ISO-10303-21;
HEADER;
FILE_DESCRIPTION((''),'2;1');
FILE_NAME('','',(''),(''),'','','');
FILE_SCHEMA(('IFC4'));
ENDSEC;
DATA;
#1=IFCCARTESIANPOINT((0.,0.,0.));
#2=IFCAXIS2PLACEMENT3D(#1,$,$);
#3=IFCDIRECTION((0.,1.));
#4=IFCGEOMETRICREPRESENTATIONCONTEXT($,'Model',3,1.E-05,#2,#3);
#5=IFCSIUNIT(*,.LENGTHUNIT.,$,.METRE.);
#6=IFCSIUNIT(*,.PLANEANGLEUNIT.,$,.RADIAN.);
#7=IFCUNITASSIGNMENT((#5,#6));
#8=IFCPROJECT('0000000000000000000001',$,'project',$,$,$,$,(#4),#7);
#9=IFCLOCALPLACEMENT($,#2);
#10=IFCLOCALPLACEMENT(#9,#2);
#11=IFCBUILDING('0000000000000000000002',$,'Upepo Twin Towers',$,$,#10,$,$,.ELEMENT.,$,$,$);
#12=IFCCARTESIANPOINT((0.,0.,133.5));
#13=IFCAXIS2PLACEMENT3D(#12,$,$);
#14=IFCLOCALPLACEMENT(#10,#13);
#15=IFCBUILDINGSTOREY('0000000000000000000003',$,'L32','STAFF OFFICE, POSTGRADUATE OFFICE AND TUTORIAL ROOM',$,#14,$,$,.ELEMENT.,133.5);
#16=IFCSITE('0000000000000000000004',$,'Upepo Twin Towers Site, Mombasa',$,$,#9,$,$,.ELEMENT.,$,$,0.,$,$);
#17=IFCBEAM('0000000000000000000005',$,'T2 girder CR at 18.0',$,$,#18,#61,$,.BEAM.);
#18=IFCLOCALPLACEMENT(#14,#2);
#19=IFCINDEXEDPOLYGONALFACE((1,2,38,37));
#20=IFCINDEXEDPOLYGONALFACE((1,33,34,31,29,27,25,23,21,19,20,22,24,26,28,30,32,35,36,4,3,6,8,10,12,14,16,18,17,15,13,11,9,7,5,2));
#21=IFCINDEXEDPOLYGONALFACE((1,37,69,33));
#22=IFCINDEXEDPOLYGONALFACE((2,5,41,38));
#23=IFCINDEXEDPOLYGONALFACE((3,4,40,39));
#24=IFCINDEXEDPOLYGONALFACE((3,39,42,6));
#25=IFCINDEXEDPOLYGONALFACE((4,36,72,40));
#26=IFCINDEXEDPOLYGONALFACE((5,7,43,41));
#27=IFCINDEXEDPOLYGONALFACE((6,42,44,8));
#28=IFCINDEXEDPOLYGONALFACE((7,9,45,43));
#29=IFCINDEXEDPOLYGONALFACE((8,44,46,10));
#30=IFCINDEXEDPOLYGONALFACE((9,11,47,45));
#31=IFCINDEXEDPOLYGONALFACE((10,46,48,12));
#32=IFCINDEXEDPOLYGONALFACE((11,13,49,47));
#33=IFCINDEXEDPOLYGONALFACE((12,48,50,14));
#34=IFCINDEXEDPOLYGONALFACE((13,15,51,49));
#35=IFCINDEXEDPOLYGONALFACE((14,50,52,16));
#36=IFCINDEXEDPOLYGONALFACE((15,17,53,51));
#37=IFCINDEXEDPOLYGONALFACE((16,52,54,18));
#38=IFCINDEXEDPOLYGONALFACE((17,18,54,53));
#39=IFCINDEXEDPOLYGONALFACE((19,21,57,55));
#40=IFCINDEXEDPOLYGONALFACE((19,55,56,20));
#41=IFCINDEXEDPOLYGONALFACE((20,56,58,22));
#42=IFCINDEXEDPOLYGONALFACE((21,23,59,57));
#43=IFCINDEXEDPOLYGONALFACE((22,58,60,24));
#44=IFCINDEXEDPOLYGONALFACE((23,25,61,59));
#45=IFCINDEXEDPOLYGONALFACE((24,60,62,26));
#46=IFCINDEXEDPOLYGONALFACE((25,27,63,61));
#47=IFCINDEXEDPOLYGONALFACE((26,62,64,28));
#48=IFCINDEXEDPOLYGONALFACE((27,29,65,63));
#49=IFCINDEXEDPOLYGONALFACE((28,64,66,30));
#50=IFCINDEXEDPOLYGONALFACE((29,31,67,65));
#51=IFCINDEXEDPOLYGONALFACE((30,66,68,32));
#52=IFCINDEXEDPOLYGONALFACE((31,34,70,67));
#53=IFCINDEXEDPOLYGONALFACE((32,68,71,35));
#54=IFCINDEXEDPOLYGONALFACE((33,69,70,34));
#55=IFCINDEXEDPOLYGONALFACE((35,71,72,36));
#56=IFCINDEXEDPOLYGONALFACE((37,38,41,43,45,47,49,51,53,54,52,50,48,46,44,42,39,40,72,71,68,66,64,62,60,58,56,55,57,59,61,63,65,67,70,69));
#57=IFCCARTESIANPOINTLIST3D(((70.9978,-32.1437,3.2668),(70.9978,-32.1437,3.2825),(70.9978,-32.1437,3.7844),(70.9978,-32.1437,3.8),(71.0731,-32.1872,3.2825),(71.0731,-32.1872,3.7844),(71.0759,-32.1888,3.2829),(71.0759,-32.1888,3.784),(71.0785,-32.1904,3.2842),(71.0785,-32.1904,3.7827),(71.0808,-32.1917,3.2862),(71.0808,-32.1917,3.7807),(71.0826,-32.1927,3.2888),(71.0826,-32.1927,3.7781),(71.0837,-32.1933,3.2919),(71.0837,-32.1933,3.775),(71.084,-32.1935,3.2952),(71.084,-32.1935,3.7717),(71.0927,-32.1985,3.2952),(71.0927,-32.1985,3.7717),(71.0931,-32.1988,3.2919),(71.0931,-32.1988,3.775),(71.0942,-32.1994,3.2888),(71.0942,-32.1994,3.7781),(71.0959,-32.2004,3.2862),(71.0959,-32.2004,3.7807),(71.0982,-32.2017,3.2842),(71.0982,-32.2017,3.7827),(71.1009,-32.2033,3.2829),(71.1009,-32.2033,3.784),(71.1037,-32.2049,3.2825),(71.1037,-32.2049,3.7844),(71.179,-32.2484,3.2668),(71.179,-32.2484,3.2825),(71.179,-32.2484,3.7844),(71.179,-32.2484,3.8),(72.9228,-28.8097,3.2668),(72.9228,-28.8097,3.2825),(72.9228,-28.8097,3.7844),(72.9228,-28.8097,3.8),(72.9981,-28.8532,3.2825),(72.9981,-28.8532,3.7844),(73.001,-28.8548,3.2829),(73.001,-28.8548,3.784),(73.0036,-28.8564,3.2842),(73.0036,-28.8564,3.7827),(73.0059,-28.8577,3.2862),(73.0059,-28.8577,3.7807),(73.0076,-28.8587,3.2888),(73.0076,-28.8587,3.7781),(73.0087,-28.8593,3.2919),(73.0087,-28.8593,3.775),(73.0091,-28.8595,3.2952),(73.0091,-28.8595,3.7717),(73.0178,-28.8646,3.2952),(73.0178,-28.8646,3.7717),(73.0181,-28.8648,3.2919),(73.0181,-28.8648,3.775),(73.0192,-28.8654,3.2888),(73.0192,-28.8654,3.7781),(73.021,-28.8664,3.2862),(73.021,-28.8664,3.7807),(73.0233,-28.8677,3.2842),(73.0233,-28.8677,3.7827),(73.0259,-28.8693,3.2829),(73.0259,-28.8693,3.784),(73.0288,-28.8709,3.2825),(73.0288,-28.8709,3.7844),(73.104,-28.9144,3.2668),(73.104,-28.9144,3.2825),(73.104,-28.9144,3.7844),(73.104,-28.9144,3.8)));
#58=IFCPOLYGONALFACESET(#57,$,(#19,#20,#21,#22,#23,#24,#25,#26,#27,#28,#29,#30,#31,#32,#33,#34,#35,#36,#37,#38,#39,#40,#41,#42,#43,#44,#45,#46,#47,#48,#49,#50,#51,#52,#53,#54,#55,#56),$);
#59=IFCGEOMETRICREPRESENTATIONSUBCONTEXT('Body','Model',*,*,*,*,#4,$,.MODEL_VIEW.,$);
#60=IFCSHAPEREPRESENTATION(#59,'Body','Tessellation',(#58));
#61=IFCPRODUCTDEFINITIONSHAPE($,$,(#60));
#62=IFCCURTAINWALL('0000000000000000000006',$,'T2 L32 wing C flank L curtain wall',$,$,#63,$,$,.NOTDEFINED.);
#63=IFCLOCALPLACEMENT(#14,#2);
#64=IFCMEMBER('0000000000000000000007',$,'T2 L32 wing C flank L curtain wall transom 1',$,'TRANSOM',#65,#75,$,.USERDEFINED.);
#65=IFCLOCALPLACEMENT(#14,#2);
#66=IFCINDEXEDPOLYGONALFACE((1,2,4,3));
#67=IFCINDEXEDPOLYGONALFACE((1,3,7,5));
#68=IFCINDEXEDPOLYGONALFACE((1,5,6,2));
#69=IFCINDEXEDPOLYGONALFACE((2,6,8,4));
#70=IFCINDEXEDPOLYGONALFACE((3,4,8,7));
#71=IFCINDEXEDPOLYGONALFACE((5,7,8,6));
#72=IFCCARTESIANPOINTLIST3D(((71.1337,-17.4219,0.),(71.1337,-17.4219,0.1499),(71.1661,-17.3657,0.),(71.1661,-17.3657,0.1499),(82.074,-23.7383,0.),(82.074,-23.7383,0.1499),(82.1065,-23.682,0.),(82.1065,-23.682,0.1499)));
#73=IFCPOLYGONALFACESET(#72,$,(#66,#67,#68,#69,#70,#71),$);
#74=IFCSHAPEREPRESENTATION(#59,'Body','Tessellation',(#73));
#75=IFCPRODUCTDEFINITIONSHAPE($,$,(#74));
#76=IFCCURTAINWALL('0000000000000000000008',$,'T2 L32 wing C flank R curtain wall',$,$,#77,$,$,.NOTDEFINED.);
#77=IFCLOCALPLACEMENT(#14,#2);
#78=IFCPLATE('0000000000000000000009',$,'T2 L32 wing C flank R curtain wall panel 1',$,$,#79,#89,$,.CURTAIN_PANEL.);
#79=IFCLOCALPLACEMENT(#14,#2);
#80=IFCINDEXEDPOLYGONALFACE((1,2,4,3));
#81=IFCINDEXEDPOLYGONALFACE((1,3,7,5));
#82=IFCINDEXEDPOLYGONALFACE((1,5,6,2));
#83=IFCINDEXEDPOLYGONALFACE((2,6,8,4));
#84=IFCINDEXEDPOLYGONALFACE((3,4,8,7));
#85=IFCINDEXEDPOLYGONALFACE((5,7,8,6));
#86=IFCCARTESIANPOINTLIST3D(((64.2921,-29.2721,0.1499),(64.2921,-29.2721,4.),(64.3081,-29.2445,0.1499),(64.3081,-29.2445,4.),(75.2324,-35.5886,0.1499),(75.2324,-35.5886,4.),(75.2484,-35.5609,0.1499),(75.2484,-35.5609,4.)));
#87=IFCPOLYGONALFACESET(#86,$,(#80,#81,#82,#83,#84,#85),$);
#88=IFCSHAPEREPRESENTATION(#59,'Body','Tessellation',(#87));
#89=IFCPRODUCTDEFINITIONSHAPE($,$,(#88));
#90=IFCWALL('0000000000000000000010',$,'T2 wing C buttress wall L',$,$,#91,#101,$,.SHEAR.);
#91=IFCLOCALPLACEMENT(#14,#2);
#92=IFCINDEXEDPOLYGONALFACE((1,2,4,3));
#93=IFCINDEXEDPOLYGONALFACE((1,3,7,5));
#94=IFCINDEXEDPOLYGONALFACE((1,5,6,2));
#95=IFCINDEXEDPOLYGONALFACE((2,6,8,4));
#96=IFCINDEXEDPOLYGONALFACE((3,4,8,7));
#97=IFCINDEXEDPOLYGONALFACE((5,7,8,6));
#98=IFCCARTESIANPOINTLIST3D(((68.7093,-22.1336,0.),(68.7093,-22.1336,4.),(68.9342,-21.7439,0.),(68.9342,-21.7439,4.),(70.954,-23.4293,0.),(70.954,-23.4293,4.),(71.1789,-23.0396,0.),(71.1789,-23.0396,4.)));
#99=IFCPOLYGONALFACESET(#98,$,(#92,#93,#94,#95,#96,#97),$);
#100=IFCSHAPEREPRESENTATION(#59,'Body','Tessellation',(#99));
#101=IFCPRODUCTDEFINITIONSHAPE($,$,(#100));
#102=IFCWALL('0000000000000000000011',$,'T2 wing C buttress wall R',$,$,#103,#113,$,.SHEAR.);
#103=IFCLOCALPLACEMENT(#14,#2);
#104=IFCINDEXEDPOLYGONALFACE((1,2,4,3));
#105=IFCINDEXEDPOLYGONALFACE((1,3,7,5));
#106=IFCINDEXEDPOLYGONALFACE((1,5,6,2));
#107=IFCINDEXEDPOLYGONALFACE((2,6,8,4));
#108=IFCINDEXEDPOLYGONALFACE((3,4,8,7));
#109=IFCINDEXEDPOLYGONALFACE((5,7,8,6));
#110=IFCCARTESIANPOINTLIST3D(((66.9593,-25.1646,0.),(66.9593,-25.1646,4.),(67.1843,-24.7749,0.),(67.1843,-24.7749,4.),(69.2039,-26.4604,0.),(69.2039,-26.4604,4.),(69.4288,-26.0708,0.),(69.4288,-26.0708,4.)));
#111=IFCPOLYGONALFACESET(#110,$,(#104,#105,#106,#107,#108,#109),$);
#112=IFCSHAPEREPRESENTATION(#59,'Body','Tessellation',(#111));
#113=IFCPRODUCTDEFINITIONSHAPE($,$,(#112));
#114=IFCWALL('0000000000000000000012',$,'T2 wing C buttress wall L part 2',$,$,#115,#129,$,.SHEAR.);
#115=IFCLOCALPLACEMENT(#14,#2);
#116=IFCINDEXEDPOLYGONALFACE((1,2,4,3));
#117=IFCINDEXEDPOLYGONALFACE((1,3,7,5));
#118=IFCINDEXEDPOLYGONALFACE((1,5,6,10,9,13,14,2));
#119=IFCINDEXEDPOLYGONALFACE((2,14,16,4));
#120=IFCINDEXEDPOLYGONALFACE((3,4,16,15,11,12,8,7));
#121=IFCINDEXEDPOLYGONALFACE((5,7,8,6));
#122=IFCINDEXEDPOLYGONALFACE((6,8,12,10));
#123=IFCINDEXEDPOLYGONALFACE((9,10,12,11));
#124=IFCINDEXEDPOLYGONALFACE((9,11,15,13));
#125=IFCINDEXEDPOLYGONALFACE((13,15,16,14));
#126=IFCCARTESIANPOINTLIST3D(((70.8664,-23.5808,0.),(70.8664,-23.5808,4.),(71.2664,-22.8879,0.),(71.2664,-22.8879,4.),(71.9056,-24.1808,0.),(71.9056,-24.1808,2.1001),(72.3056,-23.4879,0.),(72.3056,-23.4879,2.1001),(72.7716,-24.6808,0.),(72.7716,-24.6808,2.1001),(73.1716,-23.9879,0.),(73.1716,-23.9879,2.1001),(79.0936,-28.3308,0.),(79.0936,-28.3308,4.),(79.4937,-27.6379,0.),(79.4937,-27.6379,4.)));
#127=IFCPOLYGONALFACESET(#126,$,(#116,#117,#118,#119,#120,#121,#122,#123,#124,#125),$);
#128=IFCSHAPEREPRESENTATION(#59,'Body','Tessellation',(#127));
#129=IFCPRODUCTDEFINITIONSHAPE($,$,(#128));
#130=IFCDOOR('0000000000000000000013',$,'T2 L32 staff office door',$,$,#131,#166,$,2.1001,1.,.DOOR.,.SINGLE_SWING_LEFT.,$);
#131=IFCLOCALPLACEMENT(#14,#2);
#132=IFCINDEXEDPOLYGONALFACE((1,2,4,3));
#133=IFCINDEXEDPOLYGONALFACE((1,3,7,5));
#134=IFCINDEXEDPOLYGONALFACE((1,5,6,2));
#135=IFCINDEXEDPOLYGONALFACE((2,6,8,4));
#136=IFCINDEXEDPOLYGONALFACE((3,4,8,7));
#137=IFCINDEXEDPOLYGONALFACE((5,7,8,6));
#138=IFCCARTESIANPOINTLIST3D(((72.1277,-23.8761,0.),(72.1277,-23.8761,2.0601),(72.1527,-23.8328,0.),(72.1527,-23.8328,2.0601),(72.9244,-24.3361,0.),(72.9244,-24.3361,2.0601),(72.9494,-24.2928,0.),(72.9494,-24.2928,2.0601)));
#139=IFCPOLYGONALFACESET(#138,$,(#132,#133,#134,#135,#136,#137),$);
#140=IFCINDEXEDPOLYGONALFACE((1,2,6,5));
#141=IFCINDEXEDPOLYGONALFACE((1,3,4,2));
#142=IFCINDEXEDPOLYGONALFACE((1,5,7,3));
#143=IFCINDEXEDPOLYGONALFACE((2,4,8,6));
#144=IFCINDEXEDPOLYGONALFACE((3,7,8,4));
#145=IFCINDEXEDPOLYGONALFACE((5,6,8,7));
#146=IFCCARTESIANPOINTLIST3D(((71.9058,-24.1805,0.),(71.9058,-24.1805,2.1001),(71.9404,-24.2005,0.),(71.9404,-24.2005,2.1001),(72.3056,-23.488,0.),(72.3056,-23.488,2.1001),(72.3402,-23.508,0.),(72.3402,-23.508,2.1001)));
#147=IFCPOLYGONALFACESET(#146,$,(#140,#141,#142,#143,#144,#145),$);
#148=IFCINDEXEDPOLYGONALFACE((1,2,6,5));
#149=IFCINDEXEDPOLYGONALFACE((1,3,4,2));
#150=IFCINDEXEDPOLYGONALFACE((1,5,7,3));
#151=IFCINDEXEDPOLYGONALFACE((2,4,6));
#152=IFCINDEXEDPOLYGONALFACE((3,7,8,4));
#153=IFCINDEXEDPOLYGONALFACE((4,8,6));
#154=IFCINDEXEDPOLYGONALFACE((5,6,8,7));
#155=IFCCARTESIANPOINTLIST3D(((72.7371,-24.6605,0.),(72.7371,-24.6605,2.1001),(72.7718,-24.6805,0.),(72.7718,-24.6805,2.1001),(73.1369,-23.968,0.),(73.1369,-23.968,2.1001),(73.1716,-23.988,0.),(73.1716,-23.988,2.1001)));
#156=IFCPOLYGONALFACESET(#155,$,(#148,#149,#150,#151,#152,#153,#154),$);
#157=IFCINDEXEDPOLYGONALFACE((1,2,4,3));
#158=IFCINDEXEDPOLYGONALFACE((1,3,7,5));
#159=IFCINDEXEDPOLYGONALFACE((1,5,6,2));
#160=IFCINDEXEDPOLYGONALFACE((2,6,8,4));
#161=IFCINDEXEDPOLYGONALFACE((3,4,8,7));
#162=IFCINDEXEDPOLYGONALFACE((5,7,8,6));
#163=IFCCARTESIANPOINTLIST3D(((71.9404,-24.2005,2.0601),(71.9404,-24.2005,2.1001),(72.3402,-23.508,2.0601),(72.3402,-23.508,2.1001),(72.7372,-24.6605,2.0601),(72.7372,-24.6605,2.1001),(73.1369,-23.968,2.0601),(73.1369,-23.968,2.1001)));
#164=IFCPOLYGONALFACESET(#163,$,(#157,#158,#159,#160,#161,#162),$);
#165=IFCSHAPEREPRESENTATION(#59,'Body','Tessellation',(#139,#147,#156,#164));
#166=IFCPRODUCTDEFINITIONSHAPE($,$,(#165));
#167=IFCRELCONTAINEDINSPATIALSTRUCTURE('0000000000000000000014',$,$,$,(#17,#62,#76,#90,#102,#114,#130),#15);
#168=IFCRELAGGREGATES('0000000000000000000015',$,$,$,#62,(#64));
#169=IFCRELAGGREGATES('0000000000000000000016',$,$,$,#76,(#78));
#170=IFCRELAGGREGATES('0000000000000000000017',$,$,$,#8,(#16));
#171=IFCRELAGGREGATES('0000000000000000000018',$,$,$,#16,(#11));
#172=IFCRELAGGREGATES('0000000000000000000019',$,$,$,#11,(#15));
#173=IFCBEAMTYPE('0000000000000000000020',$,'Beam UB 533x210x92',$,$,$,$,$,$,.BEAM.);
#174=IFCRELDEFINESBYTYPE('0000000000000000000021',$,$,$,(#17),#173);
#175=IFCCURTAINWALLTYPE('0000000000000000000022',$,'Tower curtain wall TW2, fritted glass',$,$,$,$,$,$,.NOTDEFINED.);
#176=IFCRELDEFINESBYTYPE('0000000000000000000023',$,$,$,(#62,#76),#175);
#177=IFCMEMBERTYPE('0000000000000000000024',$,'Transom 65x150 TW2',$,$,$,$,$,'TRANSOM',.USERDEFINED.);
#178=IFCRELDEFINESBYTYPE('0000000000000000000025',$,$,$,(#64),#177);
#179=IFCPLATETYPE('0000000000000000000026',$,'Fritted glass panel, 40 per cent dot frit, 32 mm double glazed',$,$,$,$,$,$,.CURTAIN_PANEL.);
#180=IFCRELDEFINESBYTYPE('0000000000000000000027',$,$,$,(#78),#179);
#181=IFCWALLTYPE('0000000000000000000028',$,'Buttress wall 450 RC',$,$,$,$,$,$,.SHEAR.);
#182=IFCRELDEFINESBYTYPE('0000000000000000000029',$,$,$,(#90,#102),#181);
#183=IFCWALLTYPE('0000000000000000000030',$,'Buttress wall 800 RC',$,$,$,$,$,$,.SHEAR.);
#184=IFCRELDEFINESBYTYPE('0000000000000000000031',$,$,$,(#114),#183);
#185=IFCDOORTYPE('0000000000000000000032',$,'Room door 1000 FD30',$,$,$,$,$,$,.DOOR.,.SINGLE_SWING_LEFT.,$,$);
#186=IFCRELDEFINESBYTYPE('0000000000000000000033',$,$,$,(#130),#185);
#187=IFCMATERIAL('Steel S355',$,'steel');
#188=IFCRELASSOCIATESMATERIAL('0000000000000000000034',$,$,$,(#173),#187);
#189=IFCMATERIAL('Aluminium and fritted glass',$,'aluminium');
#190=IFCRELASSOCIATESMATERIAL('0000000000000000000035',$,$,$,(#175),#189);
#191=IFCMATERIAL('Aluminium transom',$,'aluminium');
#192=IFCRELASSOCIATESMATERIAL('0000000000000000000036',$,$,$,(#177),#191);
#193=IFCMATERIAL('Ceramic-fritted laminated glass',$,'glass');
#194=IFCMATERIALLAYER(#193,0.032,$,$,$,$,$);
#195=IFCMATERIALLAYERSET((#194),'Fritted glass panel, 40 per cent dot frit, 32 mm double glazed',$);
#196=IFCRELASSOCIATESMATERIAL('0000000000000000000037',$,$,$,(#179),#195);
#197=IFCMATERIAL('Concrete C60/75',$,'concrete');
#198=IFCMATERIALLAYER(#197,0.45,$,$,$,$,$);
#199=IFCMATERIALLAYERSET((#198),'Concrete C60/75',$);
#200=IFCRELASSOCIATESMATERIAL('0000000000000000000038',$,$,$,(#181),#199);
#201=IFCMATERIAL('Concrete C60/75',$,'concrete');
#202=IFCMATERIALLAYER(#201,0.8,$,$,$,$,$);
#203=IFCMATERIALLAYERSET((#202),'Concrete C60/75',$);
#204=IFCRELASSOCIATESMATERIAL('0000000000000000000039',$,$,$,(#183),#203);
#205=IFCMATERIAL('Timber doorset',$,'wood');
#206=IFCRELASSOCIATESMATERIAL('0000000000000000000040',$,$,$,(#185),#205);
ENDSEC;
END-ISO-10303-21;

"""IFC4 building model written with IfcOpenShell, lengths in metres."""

from ifc_helpers import new_model, si_unit, direction, frame, frame_2d, origin, origin_2d, place, context, subcontext, project, spatial, rectangle, i_section, extrude, material, layer, layer_set, material_profile, profile_set, type_object, element, fill, aggregate, save


model = new_model("IFC4")

# Units and contexts
model_context = context("Model", 3, precision=1e-05, world=origin(), true_north=direction((0.0, 1.0)))
body_context = subcontext(model_context, "Body", "Model", "MODEL_VIEW")
ifc_project = project(units=[si_unit("LENGTHUNIT", "METRE"), si_unit("PLANEANGLEUNIT", "RADIAN")], contexts=[model_context])

# Site, building, storey
site_placement = place(None, origin())
site = spatial("IfcSite", under=ifc_project, at=site_placement, Name="Upepo Twin Towers Site, Mombasa", CompositionType="ELEMENT", RefElevation=0.0)
building_placement = place(site_placement, origin())
building = spatial("IfcBuilding", under=site, at=building_placement, Name="Upepo Twin Towers", CompositionType="ELEMENT")
storey_placement = place(building_placement, frame((0.0, 0.0, 133.5)))
storey = spatial("IfcBuildingStorey", under=building, at=storey_placement, Name="L32", Description="STAFF OFFICE, POSTGRADUATE OFFICE AND TUTORIAL ROOM", CompositionType="ELEMENT", Elevation=133.5)

# Beam
ifc_material_1 = material(Name="Steel S355", Category="steel")
ifc_material_profile_1 = material_profile(ifc_material_1, i_section(OverallWidth=0.2092, OverallDepth=0.5332, WebThickness=0.01, FlangeThickness=0.0156, FilletRadius=0.0127, at=origin_2d()), Name="UB 533x210x92")
ifc_profile_set_1 = profile_set([ifc_material_profile_1], Name="Steel S355")
beam_type_1 = type_object("IfcBeamType", Name="Beam UB 533x210x92", PredefinedType="BEAM", material=ifc_profile_set_1)
for number, where, z_axis, x_axis, name in (
    (1, (71.0884, -32.196, 3.5334), (0.500034, 0.866006, 0.0), (-0.866006, 0.500034, 0.0), "T2 girder CR at 18.0"),
):
    element("IfcBeam", number, at=place(storey_placement, frame(where, z_axis=z_axis, x_axis=x_axis)), inside=storey, type_object=beam_type_1, Name=name, PredefinedType="BEAM", context=body_context, shape_type="SweptSolid", body=[
        extrude(i_section(OverallWidth=0.2092, OverallDepth=0.5332, WebThickness=0.01, FlangeThickness=0.0156, FilletRadius=0.0127, at=origin_2d()), origin(), (0.0, 0.0, 1.0), 3.8499),
    ])

# Curtain wall, member
ifc_material_2 = material(Name="Aluminium and fritted glass", Category="aluminium")
curtain_wall_type = type_object("IfcCurtainWallType", Name="Tower curtain wall TW2, fritted glass", PredefinedType="NOTDEFINED", material=ifc_material_2)
curtain_wall_1_placement = place(storey_placement, origin())
curtain_wall_1 = element("IfcCurtainWall", 2, at=curtain_wall_1_placement, inside=storey, type_object=curtain_wall_type, Name="T2 L32 wing C flank L curtain wall", PredefinedType="NOTDEFINED")
ifc_material_3 = material(Name="Aluminium transom", Category="aluminium")
ifc_material_profile_2 = material_profile(ifc_material_3, rectangle(XDim=0.0649, YDim=0.1499, at=origin_2d()), Name="TRANSOM 65x150")
ifc_profile_set_2 = profile_set([ifc_material_profile_2], Name="Aluminium transom")
member_type = type_object("IfcMemberType", Name="Transom 65x150 TW2", ElementType="TRANSOM", PredefinedType="USERDEFINED", material=ifc_profile_set_2)
member_placement = place(storey_placement, frame((71.1499, -17.3938, 0.075), z_axis=(0.866027, -0.499997, 0.0), x_axis=(0.499997, 0.866027, 0.0)))
member = element("IfcMember", 3, at=member_placement, type_object=member_type, Name="T2 L32 wing C flank L curtain wall transom 1", ObjectType="TRANSOM", PredefinedType="USERDEFINED", context=body_context, shape_type="SweptSolid", body=[
    extrude(rectangle(XDim=0.0649, YDim=0.1499, at=origin_2d()), origin(), (0.0, 0.0, 1.0), 12.6328),
])
aggregate(curtain_wall_1, [member])

# Curtain wall, plate
curtain_wall_2_placement = place(storey_placement, origin())
curtain_wall_2 = element("IfcCurtainWall", 4, at=curtain_wall_2_placement, inside=storey, type_object=curtain_wall_type, Name="T2 L32 wing C flank R curtain wall", PredefinedType="NOTDEFINED")
ifc_material_4 = material(Name="Ceramic-fritted laminated glass", Category="glass")
ifc_layer_1 = layer(ifc_material_4, 0.032)
ifc_layer_set_1 = layer_set([ifc_layer_1], Name="Fritted glass panel, 40 per cent dot frit, 32 mm double glazed")
plate_type = type_object("IfcPlateType", Name="Fritted glass panel, 40 per cent dot frit, 32 mm double glazed", PredefinedType="CURTAIN_PANEL", material=ifc_layer_set_1)
plate_placement = place(storey_placement, frame((69.7703, -32.4165, 0.1499), z_axis=(0.0, 0.0, 1.0), x_axis=(-0.866025, 0.5, 0.0)))
plate = element("IfcPlate", 5, at=plate_placement, type_object=plate_type, Name="T2 L32 wing C flank R curtain wall panel 1", PredefinedType="CURTAIN_PANEL", context=body_context, shape_type="SweptSolid", body=[
    extrude(rectangle(XDim=12.6328, YDim=0.032, at=origin_2d()), origin(), (0.0, 0.0, 1.0), 3.8501),
])
aggregate(curtain_wall_2, [plate])

# Walls
ifc_material_5 = material(Name="Concrete C60/75", Category="concrete")
ifc_layer_2 = layer(ifc_material_5, 0.45)
ifc_layer_set_2 = layer_set([ifc_layer_2], Name="Concrete C60/75")
wall_type_1 = type_object("IfcWallType", Name="Buttress wall 450 RC", PredefinedType="SHEAR", material=ifc_layer_set_2)
for number, where, z_axis, x_axis, name in (
    (6, (68.8218, -21.9387, 0.0), (0.0, 0.0, 1.0), (0.866073, -0.499918, 0.0), "T2 wing C buttress wall L"),
    (7, (67.0718, -24.9697, 0.0), (0.0, 0.0, 1.0), (0.866032, -0.499989, 0.0), "T2 wing C buttress wall R"),
):
    element("IfcWall", number, at=place(storey_placement, frame(where, z_axis=z_axis, x_axis=x_axis)), inside=storey, type_object=wall_type_1, Name=name, PredefinedType="SHEAR", context=body_context, shape_type="SweptSolid", body=[
        extrude(rectangle(XDim=2.5918, YDim=0.45, at=frame_2d((1.2959, 0.0))), origin(), (0.0, 0.0, 1.0), 4.0),
    ])

# Wall, opening, door
ifc_material_6 = material(Name="Concrete C60/75", Category="concrete")
ifc_layer_3 = layer(ifc_material_6, 0.8)
ifc_layer_set_3 = layer_set([ifc_layer_3], Name="Concrete C60/75")
wall_type_2 = type_object("IfcWallType", Name="Buttress wall 800 RC", PredefinedType="SHEAR", material=ifc_layer_set_3)
wall_1_placement = place(storey_placement, frame((71.0664, -23.2344, 0.0), z_axis=(0.0, 0.0, 1.0), x_axis=(0.866027, -0.499998, 0.0)))
wall_1 = element("IfcWall", 8, at=wall_1_placement, inside=storey, type_object=wall_type_2, Name="T2 wing C buttress wall L part 2", PredefinedType="SHEAR", context=body_context, shape_type="SweptSolid", body=[
    extrude(rectangle(XDim=9.5, YDim=0.8, at=frame_2d((4.75, 0.0))), origin(), (0.0, 0.0, 1.0), 4.0),
])
opening_1_placement = place(wall_1_placement, frame((1.2, 0.0, 0.0)))
opening_1 = element("IfcOpeningElement", 9, at=opening_1_placement, cuts=wall_1, PredefinedType="OPENING", context=body_context, shape_type="SweptSolid", body=[
    extrude(rectangle(XDim=1.0, YDim=2.1001, at=frame_2d((0.5, 1.05))), frame((0.0, 0.4099, 0.0), z_axis=(0.0, -1.0, 0.0), x_axis=(1.0, 0.0, 0.0)), (0.0, 0.0, 1.0), 0.8201),
])
ifc_material_7 = material(Name="Timber doorset", Category="wood")
door_type = type_object("IfcDoorType", Name="Room door 1000 FD30", OperationType="SINGLE_SWING_LEFT", PredefinedType="DOOR", material=ifc_material_7)
door_1_placement = place(opening_1_placement, origin())
door_1 = element("IfcDoor", 10, at=door_1_placement, inside=storey, type_object=door_type, Name="T2 L32 staff office door", OperationType="SINGLE_SWING_LEFT", OverallHeight=2.1001, OverallWidth=1.0, PredefinedType="DOOR", context=body_context, shape_type="SweptSolid", body=[
    extrude(rectangle(XDim=0.92, YDim=2.0601, at=frame_2d((0.5, 1.03))), frame((0.0, 0.0249, 0.0), z_axis=(0.0, -1.0, 0.0), x_axis=(1.0, 0.0, 0.0)), (0.0, 0.0, 1.0), 0.05),
    extrude(rectangle(XDim=0.04, YDim=2.1001, at=frame_2d((0.02, 1.05))), frame((0.0, 0.3999, 0.0), z_axis=(0.0, -1.0, 0.0), x_axis=(1.0, 0.0, 0.0)), (0.0, 0.0, 1.0), 0.7996),
    extrude(rectangle(XDim=0.04, YDim=2.1001, at=frame_2d((0.98, 1.05))), frame((0.0, 0.3999, 0.0), z_axis=(0.0, -1.0, 0.0), x_axis=(1.0, 0.0, 0.0)), (0.0, 0.0, 1.0), 0.7996),
    extrude(rectangle(XDim=0.92, YDim=0.04, at=frame_2d((0.5, 2.0801))), frame((0.0, 0.3999, 0.0), z_axis=(0.0, -1.0, 0.0), x_axis=(1.0, 0.0, 0.0)), (0.0, 0.0, 1.0), 0.7996),
])
fill(opening_1, door_1)

save(model, "model.ifc")
